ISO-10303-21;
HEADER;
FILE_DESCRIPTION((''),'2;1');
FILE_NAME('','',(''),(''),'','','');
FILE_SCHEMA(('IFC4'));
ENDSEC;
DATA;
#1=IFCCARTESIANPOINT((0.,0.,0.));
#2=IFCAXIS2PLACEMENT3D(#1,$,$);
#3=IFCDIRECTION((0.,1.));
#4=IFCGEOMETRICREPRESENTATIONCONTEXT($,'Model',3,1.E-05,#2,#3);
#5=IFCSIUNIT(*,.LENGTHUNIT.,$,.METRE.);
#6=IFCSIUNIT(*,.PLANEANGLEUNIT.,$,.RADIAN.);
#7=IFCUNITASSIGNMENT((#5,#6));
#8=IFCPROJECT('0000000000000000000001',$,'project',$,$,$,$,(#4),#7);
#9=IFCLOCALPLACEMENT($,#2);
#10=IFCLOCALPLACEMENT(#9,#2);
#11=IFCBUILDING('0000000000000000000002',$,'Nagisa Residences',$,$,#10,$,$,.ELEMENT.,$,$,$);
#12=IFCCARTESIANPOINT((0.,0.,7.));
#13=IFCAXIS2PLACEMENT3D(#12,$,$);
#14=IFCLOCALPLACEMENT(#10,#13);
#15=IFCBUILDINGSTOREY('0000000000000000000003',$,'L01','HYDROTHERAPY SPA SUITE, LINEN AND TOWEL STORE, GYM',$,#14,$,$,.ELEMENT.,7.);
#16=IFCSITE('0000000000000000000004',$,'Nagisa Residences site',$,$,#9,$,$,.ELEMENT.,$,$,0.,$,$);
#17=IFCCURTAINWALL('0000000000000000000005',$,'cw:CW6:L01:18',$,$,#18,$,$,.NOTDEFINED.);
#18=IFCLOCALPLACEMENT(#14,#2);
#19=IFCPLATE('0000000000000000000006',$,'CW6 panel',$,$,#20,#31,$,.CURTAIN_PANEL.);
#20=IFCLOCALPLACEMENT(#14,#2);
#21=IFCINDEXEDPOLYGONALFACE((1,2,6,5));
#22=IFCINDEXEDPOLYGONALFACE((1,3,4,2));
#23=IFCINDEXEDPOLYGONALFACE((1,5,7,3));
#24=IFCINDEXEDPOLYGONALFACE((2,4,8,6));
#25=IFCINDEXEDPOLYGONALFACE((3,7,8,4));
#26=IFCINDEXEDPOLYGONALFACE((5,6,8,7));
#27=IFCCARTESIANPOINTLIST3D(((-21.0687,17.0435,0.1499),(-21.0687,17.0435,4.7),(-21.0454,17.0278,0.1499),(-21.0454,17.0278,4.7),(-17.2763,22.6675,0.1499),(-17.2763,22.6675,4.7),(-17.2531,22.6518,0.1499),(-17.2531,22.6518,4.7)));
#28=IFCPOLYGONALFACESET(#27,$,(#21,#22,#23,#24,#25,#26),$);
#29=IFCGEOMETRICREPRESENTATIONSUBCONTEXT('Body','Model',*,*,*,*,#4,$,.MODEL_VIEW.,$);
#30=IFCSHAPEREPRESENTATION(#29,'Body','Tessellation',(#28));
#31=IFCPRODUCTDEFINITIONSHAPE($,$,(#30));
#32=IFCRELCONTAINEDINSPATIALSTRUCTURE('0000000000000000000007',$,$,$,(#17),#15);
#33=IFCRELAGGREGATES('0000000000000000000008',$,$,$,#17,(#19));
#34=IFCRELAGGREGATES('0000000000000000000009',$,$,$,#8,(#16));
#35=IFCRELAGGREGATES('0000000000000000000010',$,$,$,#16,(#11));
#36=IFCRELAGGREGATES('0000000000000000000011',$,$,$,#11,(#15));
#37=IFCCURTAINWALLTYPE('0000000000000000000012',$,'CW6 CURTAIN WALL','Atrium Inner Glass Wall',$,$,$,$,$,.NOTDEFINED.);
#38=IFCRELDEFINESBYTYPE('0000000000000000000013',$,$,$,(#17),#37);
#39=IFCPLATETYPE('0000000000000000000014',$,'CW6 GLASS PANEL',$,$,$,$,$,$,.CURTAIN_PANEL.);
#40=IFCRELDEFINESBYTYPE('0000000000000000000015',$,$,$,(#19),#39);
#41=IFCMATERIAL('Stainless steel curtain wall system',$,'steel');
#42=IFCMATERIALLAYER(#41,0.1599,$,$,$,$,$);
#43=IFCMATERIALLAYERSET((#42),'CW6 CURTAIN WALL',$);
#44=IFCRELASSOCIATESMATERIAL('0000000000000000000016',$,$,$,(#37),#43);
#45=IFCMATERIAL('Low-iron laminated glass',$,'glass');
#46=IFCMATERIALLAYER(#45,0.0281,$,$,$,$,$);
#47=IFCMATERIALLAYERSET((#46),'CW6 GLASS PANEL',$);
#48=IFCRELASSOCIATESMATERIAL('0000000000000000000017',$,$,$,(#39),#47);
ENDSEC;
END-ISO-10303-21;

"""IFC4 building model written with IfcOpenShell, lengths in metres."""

from ifc_helpers import new_model, si_unit, direction, frame, origin, origin_2d, place, context, subcontext, project, spatial, rectangle, extrude, material, layer, layer_set, type_object, element, aggregate, save


model = new_model("IFC4")

# Units and contexts
model_context = context("Model", 3, precision=1e-05, world=origin(), true_north=direction((0.0, 1.0)))
body_context = subcontext(model_context, "Body", "Model", "MODEL_VIEW")
ifc_project = project(units=[si_unit("LENGTHUNIT", "METRE"), si_unit("PLANEANGLEUNIT", "RADIAN")], contexts=[model_context])

# Site, building, storey
site_placement = place(None, origin())
site = spatial("IfcSite", under=ifc_project, at=site_placement, Name="Nagisa Residences site", CompositionType="ELEMENT", RefElevation=0.0)
building_placement = place(site_placement, origin())
building = spatial("IfcBuilding", under=site, at=building_placement, Name="Nagisa Residences", CompositionType="ELEMENT")
storey_placement = place(building_placement, frame((0.0, 0.0, 7.0)))
storey = spatial("IfcBuildingStorey", under=building, at=storey_placement, Name="L01", Description="HYDROTHERAPY SPA SUITE, LINEN AND TOWEL STORE, GYM", CompositionType="ELEMENT", Elevation=7.0)

# Curtain wall
ifc_material_1 = material(Name="Stainless steel curtain wall system", Category="steel")
ifc_layer_1 = layer(ifc_material_1, 0.1599)
ifc_layer_set_1 = layer_set([ifc_layer_1], Name="CW6 CURTAIN WALL")
curtain_wall_type_1 = type_object("IfcCurtainWallType", Name="CW6 CURTAIN WALL", Description="Atrium Inner Glass Wall", PredefinedType="NOTDEFINED", material=ifc_layer_set_1)
curtain_wall_1_placement = place(storey_placement, origin())
curtain_wall_1 = element("IfcCurtainWall", 1, at=curtain_wall_1_placement, inside=storey, type_object=curtain_wall_type_1, Name="cw:CW6:L01:18", PredefinedType="NOTDEFINED")

# Plate
ifc_material_2 = material(Name="Low-iron laminated glass", Category="glass")
ifc_layer_2 = layer(ifc_material_2, 0.0281)
ifc_layer_set_2 = layer_set([ifc_layer_2], Name="CW6 GLASS PANEL")
plate_type_1 = type_object("IfcPlateType", Name="CW6 GLASS PANEL", PredefinedType="CURTAIN_PANEL", material=ifc_layer_set_2)
plate_1_placement = place(storey_placement, frame((-19.1609, 19.8477, 0.1499), z_axis=(0.0, 0.0, 1.0), x_axis=(-0.559084, -0.829111, 0.0)))
plate_1 = element("IfcPlate", 2, at=plate_1_placement, type_object=plate_type_1, Name="CW6 panel", PredefinedType="CURTAIN_PANEL", context=body_context, shape_type="SweptSolid", body=[
    extrude(rectangle(XDim=6.7832, YDim=0.0281, at=origin_2d()), origin(), (0.0, 0.0, 1.0), 4.55),
])
aggregate(curtain_wall_1, [plate_1])

save(model, "model.ifc")
